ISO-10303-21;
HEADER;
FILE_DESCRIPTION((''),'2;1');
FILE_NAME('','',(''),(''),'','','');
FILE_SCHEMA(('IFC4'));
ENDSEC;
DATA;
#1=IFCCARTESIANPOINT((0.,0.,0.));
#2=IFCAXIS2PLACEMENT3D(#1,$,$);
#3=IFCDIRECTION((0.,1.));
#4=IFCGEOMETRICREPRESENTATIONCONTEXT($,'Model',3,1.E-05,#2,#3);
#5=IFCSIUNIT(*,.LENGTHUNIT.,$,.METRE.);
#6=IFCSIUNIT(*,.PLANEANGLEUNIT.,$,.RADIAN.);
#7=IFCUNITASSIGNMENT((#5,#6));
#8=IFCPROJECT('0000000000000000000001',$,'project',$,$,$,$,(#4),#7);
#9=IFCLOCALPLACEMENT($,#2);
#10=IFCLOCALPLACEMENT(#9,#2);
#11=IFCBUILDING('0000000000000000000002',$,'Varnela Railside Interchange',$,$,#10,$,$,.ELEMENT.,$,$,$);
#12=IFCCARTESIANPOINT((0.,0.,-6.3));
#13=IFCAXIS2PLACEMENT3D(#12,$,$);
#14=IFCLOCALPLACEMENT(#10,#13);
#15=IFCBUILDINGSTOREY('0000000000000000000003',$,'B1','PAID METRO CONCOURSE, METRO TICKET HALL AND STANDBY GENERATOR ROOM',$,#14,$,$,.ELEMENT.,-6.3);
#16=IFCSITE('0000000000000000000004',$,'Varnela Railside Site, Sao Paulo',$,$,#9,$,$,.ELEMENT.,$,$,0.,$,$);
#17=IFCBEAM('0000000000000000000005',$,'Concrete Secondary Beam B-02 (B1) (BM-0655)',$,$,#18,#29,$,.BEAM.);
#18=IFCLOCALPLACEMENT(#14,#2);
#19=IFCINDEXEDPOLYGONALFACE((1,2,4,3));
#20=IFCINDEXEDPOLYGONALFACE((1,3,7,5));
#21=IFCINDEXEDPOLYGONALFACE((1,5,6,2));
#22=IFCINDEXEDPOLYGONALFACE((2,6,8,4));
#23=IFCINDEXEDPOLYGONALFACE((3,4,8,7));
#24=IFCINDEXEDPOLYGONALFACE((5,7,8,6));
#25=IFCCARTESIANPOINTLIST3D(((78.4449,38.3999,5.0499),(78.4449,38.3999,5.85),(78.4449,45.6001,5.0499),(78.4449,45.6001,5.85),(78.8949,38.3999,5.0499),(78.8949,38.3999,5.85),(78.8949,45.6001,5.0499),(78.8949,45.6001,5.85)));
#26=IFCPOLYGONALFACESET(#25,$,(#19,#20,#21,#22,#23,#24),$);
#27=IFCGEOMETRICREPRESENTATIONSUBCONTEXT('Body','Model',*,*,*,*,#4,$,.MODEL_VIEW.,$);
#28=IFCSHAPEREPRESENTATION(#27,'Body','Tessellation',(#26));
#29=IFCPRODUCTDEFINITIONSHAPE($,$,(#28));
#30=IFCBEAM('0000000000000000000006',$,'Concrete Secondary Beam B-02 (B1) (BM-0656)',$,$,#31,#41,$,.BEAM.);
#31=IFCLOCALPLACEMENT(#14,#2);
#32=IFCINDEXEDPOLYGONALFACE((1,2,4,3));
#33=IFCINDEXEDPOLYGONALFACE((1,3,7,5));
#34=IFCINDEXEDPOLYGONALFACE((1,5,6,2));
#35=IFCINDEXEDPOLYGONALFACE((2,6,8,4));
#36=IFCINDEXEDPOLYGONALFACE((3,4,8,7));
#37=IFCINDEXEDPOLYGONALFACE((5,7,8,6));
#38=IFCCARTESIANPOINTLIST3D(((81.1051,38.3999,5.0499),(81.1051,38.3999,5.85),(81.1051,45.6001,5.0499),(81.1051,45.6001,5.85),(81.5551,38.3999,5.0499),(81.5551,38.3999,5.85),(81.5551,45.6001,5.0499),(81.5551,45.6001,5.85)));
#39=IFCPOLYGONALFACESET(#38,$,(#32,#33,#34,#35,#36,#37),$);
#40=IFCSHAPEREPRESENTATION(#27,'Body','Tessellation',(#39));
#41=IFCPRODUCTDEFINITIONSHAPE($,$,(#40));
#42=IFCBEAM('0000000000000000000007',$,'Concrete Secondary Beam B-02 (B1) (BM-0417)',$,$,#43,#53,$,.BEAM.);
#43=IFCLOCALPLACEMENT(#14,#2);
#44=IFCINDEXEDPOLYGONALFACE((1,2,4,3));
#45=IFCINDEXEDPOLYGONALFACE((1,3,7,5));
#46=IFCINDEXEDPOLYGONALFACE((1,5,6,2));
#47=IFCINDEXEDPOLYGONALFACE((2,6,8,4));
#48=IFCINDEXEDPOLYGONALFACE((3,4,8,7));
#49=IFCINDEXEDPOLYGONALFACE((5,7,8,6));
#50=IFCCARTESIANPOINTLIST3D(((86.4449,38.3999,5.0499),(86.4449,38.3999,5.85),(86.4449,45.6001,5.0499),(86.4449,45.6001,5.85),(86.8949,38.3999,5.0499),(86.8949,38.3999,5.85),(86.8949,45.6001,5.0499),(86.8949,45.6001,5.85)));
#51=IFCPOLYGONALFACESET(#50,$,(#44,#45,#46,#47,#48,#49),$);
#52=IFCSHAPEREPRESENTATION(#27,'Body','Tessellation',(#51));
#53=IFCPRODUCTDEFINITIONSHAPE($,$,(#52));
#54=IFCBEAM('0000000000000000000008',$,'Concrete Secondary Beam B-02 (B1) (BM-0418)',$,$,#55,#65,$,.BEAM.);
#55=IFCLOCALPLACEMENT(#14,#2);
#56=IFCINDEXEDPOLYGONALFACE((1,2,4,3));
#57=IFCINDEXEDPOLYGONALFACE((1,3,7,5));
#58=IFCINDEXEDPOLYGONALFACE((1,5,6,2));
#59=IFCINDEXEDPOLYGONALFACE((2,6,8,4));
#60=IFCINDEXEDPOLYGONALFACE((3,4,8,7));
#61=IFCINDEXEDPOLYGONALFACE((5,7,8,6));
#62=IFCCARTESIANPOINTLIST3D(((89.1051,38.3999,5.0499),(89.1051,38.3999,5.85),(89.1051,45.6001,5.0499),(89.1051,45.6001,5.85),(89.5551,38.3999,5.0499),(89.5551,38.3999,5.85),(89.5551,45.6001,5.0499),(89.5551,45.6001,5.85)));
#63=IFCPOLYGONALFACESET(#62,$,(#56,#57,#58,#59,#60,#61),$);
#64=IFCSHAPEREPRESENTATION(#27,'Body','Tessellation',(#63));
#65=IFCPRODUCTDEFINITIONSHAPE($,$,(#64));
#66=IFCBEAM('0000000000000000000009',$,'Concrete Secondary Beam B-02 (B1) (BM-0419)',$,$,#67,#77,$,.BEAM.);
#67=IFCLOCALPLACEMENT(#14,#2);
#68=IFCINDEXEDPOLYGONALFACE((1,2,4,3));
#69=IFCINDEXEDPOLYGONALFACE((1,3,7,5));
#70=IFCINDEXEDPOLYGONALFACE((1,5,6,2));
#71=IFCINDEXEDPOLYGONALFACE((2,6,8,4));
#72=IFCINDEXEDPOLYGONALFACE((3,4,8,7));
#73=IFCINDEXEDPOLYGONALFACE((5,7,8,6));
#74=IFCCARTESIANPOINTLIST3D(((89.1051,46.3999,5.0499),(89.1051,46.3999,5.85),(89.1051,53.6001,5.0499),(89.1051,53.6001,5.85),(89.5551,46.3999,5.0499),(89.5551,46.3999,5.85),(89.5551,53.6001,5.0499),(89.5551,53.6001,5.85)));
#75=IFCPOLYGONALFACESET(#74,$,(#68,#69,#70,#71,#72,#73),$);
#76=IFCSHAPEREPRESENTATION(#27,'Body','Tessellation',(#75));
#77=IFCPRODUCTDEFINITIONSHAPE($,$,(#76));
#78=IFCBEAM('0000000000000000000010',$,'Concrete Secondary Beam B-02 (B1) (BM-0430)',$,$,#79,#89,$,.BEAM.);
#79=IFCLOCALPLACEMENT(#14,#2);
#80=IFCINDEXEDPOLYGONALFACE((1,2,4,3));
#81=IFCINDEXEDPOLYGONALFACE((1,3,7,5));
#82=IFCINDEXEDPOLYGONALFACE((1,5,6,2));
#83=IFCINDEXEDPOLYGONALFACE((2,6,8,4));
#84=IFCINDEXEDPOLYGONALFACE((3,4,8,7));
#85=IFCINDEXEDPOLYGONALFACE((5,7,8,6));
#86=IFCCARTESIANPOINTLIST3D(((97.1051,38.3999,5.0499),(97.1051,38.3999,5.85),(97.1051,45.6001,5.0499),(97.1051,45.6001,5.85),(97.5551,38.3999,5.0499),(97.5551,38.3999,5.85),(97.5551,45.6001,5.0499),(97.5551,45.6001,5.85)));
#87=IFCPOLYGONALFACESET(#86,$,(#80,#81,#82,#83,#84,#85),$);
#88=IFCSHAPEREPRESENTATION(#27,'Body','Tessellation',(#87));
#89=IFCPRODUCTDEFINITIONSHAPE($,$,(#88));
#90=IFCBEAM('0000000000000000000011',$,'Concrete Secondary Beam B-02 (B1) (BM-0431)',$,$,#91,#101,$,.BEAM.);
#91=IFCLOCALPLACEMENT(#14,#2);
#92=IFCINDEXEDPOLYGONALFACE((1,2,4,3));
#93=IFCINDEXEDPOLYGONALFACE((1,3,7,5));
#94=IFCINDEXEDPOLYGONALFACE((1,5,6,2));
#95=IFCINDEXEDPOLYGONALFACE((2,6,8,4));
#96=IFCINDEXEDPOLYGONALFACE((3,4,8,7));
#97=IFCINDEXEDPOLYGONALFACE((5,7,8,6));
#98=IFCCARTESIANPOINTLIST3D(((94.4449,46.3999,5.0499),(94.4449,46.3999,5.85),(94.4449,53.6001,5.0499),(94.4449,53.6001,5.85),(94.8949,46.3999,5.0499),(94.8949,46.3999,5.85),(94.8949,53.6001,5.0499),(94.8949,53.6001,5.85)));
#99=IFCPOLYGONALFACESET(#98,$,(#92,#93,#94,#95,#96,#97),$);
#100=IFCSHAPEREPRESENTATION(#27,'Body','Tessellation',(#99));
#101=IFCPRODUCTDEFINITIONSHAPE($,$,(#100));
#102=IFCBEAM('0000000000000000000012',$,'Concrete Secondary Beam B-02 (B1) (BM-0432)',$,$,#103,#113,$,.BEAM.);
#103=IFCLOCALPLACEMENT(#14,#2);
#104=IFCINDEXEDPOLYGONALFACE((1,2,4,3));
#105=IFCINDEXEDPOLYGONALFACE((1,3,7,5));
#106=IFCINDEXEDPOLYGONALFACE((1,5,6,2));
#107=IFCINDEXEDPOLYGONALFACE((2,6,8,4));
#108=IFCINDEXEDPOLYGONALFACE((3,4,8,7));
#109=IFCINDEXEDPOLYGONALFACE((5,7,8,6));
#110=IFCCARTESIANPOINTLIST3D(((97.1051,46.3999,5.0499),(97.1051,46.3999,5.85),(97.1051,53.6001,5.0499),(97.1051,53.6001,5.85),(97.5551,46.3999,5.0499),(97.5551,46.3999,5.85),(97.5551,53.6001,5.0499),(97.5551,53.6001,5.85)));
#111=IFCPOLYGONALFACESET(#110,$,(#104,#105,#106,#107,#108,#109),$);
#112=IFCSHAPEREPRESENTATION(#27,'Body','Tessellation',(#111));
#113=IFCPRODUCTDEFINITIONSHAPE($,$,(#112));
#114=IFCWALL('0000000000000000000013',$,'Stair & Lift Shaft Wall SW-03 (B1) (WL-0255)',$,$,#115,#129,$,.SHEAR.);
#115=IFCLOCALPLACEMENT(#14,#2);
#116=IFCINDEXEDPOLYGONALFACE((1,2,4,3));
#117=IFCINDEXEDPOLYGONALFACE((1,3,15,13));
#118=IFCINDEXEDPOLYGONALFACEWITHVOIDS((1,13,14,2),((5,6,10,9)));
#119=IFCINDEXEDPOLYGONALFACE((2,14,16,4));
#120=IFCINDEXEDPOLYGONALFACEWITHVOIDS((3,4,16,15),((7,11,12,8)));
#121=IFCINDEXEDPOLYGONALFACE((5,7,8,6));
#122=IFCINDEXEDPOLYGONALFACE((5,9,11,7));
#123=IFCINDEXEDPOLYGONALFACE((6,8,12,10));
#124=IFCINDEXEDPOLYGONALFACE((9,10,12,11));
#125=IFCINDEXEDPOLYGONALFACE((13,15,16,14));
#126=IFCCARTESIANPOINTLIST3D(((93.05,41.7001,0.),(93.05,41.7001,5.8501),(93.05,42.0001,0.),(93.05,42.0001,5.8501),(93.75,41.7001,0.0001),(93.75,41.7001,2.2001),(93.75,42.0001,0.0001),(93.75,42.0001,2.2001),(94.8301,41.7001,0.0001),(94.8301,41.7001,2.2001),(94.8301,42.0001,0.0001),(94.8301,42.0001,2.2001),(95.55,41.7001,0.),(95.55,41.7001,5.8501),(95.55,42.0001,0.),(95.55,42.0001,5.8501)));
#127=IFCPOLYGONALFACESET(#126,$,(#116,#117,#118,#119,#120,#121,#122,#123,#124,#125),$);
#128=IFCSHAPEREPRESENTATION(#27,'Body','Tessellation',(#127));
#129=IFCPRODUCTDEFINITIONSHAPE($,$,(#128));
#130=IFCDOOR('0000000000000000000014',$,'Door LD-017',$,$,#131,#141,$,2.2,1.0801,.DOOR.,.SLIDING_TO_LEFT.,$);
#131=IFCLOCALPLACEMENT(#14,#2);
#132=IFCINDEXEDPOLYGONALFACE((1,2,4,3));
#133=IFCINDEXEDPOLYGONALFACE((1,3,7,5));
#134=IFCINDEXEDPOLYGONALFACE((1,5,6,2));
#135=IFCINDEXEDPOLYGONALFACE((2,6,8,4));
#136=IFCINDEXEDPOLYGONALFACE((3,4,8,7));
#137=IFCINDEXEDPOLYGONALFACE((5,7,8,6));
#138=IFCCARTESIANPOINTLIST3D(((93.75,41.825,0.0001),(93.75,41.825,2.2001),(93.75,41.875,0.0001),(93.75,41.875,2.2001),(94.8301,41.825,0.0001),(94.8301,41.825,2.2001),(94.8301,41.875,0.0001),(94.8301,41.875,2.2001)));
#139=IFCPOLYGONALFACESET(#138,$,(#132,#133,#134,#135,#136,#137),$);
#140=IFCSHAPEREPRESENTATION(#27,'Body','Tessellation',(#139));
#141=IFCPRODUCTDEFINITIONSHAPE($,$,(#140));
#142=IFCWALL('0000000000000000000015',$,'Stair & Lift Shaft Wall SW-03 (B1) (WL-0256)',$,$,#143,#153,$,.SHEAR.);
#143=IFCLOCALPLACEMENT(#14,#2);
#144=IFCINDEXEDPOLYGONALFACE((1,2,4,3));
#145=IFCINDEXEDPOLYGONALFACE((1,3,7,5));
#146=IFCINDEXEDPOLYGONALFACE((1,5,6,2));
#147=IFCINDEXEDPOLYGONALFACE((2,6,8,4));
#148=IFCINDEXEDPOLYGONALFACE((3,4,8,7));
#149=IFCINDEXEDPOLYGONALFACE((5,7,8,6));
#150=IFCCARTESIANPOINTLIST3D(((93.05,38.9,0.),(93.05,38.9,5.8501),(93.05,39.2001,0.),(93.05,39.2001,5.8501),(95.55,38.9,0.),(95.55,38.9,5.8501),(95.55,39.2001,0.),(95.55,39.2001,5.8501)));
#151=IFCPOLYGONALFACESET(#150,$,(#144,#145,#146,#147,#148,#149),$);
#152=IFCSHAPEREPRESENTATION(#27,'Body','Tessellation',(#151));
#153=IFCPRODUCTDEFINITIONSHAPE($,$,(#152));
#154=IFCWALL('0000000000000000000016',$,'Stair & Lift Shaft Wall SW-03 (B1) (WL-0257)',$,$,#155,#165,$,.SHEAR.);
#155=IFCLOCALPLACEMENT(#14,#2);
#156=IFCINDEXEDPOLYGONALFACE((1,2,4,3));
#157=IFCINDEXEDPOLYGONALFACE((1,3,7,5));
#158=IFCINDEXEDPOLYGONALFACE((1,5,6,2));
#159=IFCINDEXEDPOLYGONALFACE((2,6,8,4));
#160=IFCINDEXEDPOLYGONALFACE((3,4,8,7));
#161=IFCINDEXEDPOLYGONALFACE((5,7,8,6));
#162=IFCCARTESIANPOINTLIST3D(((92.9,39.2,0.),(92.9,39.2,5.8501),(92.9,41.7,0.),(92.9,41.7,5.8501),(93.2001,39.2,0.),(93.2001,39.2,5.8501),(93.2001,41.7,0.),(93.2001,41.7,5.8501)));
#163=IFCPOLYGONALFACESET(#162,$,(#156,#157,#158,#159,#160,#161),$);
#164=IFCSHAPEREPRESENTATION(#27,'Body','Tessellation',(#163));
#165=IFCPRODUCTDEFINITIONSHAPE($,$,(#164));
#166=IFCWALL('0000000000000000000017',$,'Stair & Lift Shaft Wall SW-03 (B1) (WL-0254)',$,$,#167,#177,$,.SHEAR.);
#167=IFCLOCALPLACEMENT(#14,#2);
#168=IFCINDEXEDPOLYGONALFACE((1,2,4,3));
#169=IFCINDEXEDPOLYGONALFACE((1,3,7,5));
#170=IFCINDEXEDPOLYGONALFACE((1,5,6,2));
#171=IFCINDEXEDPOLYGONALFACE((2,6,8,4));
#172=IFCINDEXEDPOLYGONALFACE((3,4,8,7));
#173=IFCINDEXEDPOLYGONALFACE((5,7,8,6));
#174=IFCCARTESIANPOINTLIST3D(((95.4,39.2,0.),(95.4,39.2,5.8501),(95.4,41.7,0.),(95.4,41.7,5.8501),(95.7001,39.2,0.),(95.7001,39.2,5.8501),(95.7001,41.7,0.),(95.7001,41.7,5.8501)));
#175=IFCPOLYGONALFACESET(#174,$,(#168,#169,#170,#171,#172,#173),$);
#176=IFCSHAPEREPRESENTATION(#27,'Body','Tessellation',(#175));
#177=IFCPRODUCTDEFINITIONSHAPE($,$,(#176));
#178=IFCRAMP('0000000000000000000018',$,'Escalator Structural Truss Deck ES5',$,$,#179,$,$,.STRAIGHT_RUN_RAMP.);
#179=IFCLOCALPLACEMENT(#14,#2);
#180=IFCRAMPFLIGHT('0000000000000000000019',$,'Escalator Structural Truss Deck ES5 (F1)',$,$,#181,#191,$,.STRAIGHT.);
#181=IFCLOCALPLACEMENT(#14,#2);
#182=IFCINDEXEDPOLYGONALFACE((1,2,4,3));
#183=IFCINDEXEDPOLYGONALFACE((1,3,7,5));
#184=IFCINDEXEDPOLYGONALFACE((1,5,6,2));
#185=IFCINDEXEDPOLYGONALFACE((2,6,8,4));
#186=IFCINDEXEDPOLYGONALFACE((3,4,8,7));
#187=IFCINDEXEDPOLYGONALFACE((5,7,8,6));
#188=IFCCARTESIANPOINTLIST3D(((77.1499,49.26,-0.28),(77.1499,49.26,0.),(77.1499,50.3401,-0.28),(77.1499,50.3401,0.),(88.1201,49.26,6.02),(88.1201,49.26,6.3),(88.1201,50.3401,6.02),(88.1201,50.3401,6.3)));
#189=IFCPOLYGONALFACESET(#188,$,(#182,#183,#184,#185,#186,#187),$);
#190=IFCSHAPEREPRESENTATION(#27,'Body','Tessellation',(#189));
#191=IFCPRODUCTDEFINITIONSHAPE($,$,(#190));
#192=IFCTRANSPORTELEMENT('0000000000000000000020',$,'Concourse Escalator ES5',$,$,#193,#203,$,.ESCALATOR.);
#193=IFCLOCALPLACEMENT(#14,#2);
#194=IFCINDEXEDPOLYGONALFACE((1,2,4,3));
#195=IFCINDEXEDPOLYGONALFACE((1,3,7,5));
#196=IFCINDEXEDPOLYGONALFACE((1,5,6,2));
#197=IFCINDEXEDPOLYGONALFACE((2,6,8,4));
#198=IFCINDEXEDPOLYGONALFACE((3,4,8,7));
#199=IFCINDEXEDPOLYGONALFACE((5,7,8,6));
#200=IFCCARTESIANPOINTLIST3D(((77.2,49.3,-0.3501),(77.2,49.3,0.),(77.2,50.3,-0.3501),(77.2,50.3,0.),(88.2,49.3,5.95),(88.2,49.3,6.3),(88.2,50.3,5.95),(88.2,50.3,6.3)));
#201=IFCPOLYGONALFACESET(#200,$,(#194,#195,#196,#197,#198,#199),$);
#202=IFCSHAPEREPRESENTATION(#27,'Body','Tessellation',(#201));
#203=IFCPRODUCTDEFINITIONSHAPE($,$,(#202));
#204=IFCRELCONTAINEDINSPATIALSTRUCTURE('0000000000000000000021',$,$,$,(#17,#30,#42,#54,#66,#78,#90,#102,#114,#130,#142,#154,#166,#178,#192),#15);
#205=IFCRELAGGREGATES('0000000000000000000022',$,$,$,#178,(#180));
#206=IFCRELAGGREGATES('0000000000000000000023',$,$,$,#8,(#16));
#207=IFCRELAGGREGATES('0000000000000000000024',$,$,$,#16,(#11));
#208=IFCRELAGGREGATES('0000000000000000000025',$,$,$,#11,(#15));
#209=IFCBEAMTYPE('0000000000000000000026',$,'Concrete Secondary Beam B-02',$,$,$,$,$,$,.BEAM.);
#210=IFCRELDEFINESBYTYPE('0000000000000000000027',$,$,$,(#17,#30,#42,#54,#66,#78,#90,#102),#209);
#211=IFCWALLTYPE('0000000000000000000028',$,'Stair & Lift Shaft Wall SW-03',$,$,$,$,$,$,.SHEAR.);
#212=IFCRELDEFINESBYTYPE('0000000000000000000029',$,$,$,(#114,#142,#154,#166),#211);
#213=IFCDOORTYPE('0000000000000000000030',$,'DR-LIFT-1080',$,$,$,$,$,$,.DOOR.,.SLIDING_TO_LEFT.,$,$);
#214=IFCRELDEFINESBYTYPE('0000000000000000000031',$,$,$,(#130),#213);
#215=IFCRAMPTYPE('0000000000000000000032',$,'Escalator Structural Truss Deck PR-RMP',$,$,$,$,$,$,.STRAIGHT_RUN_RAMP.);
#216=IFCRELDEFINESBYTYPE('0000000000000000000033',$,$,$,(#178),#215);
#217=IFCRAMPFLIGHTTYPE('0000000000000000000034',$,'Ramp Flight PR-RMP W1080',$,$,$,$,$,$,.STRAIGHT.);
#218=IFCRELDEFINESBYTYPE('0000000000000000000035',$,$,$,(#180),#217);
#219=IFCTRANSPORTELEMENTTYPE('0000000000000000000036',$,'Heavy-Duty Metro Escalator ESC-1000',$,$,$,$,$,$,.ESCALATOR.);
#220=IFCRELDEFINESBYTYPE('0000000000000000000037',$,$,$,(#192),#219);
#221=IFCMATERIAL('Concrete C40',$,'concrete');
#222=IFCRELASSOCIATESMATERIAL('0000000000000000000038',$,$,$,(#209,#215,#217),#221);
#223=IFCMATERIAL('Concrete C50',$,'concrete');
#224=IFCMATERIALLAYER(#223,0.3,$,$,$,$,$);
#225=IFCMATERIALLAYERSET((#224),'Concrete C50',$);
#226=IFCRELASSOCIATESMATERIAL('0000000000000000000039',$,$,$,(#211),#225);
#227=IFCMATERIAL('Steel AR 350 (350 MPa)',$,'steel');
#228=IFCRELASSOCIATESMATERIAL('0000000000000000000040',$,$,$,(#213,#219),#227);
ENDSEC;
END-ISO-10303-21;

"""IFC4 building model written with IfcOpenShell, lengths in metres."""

from ifc_helpers import new_model, si_unit, direction, frame, frame_2d, origin, origin_2d, place, context, subcontext, project, spatial, polyline, rectangle, outline, extrude, material, layer, layer_set, material_profile, profile_set, type_object, element, fill, aggregate, save


model = new_model("IFC4")

# Units and contexts
model_context = context("Model", 3, precision=1e-05, world=origin(), true_north=direction((0.0, 1.0)))
body_context = subcontext(model_context, "Body", "Model", "MODEL_VIEW")
ifc_project = project(units=[si_unit("LENGTHUNIT", "METRE"), si_unit("PLANEANGLEUNIT", "RADIAN")], contexts=[model_context])

# Site, building, storey
site_placement = place(None, origin())
site = spatial("IfcSite", under=ifc_project, at=site_placement, Name="Varnela Railside Site, Sao Paulo", CompositionType="ELEMENT", RefElevation=0.0)
building_placement = place(site_placement, origin())
building = spatial("IfcBuilding", under=site, at=building_placement, Name="Varnela Railside Interchange", CompositionType="ELEMENT")
storey_placement = place(building_placement, frame((0.0, 0.0, -6.3)))
storey = spatial("IfcBuildingStorey", under=building, at=storey_placement, Name="B1", Description="PAID METRO CONCOURSE, METRO TICKET HALL AND STANDBY GENERATOR ROOM", CompositionType="ELEMENT", Elevation=-6.3)

# Shared definitions
ifc_material_1 = material(Name="Concrete C50", Category="concrete")

# Beams
ifc_material_2 = material(Name="Concrete C40", Category="concrete")
ifc_material_profile_1 = material_profile(ifc_material_2, rectangle(XDim=0.45, YDim=0.8, at=origin_2d()), Name="RC 450x800")
ifc_profile_set_1 = profile_set([ifc_material_profile_1], Name="Concrete C40")
beam_type_1 = type_object("IfcBeamType", Name="Concrete Secondary Beam B-02", PredefinedType="BEAM", material=ifc_profile_set_1)
for number, where, z_axis, x_axis, name in (
    (1, (78.6699, 38.3999, 5.45), (0.0, 1.0, 0.0), (-1.0, 0.0, 0.0), "Concrete Secondary Beam B-02 (B1) (BM-0655)"),
    (2, (81.3301, 38.3999, 5.45), (0.0, 1.0, 0.0), (-1.0, 0.0, 0.0), "Concrete Secondary Beam B-02 (B1) (BM-0656)"),
    (3, (86.6699, 38.3999, 5.45), (0.0, 1.0, 0.0), (-1.0, 0.0, 0.0), "Concrete Secondary Beam B-02 (B1) (BM-0417)"),
    (4, (89.3301, 38.3999, 5.45), (0.0, 1.0, 0.0), (-1.0, 0.0, 0.0), "Concrete Secondary Beam B-02 (B1) (BM-0418)"),
    (5, (89.3301, 46.3999, 5.45), (0.0, 1.0, 0.0), (-1.0, 0.0, 0.0), "Concrete Secondary Beam B-02 (B1) (BM-0419)"),
    (6, (97.3301, 38.3999, 5.45), (0.0, 1.0, 0.0), (-1.0, 0.0, 0.0), "Concrete Secondary Beam B-02 (B1) (BM-0430)"),
    (7, (94.6699, 46.3999, 5.45), (0.0, 1.0, 0.0), (-1.0, 0.0, 0.0), "Concrete Secondary Beam B-02 (B1) (BM-0431)"),
    (8, (97.3301, 46.3999, 5.45), (0.0, 1.0, 0.0), (-1.0, 0.0, 0.0), "Concrete Secondary Beam B-02 (B1) (BM-0432)"),
):
    element("IfcBeam", number, at=place(storey_placement, frame(where, z_axis=z_axis, x_axis=x_axis)), inside=storey, type_object=beam_type_1, Name=name, PredefinedType="BEAM", context=body_context, shape_type="SweptSolid", body=[
        extrude(rectangle(XDim=0.45, YDim=0.8, at=origin_2d()), origin(), (0.0, 0.0, 1.0), 7.2002),
    ])

# Wall, opening, door
ifc_layer = layer(ifc_material_1, 0.3)
ifc_layer_set = layer_set([ifc_layer], Name="Concrete C50")
wall_type = type_object("IfcWallType", Name="Stair & Lift Shaft Wall SW-03", PredefinedType="SHEAR", material=ifc_layer_set)
wall_placement = place(storey_placement, frame((93.05, 41.8501, 0.0), z_axis=(0.0, 0.0, 1.0), x_axis=(1.0, 0.0, 0.0)))
wall = element("IfcWall", 9, at=wall_placement, inside=storey, type_object=wall_type, Name="Stair & Lift Shaft Wall SW-03 (B1) (WL-0255)", PredefinedType="SHEAR", context=body_context, shape_type="SweptSolid", body=[
    extrude(rectangle(XDim=2.5, YDim=0.3, at=frame_2d((1.25, 0.0))), origin(), (0.0, 0.0, 1.0), 5.8501),
])
opening_placement = place(wall_placement, frame((0.7, 0.0, 0.0)))
opening = element("IfcOpeningElement", 10, at=opening_placement, cuts=wall, PredefinedType="OPENING", context=body_context, shape_type="SweptSolid", body=[
    extrude(rectangle(XDim=1.0801, YDim=2.2, at=frame_2d((0.54, 1.1001))), frame((0.0, 0.1599, 0.0), z_axis=(0.0, -1.0, 0.0), x_axis=(1.0, 0.0, 0.0)), (0.0, 0.0, 1.0), 0.3201),
])
ifc_material_3 = material(Name="Steel AR 350 (350 MPa)", Category="steel")
door_type = type_object("IfcDoorType", Name="DR-LIFT-1080", OperationType="SLIDING_TO_LEFT", PredefinedType="DOOR", material=ifc_material_3)
door_placement = place(opening_placement, origin())
door = element("IfcDoor", 11, at=door_placement, inside=storey, type_object=door_type, Name="Door LD-017", OperationType="SLIDING_TO_LEFT", OverallHeight=2.2, OverallWidth=1.0801, PredefinedType="DOOR", context=body_context, shape_type="SweptSolid", body=[
    extrude(rectangle(XDim=1.0801, YDim=2.2, at=frame_2d((0.54, 1.1001))), frame((0.0, 0.0249, 0.0), z_axis=(0.0, -1.0, 0.0), x_axis=(1.0, 0.0, 0.0)), (0.0, 0.0, 1.0), 0.05),
])
fill(opening, door)

# Walls
for number, where, z_axis, x_axis, name in (
    (12, (93.05, 39.05, 0.0), (0.0, 0.0, 1.0), (1.0, 0.0, 0.0), "Stair & Lift Shaft Wall SW-03 (B1) (WL-0256)"),
    (13, (93.05, 39.2, 0.0), (0.0, 0.0, 1.0), (0.0, 1.0, 0.0), "Stair & Lift Shaft Wall SW-03 (B1) (WL-0257)"),
    (14, (95.55, 39.2, 0.0), (0.0, 0.0, 1.0), (0.0, 1.0, 0.0), "Stair & Lift Shaft Wall SW-03 (B1) (WL-0254)"),
):
    element("IfcWall", number, at=place(storey_placement, frame(where, z_axis=z_axis, x_axis=x_axis)), inside=storey, type_object=wall_type, Name=name, PredefinedType="SHEAR", context=body_context, shape_type="SweptSolid", body=[
        extrude(rectangle(XDim=2.5, YDim=0.3, at=frame_2d((1.25, 0.0))), origin(), (0.0, 0.0, 1.0), 5.8501),
    ])

# Ramp, ramp flight
ramp_type = type_object("IfcRampType", Name="Escalator Structural Truss Deck PR-RMP", PredefinedType="STRAIGHT_RUN_RAMP", material=ifc_material_2)
ramp_placement = place(storey_placement, origin())
ramp = element("IfcRamp", 15, at=ramp_placement, inside=storey, type_object=ramp_type, Name="Escalator Structural Truss Deck ES5", PredefinedType="STRAIGHT_RUN_RAMP")
ramp_flight_type = type_object("IfcRampFlightType", Name="Ramp Flight PR-RMP W1080", PredefinedType="STRAIGHT", material=ifc_material_2)
ramp_flight_placement = place(storey_placement, frame((77.1499, 49.8, 0.0), z_axis=(0.0, 0.0, 1.0), x_axis=(1.0, 0.0, 0.0)))
ramp_flight = element("IfcRampFlight", 16, at=ramp_flight_placement, type_object=ramp_flight_type, Name="Escalator Structural Truss Deck ES5 (F1)", PredefinedType="STRAIGHT", context=body_context, shape_type="SweptSolid", body=[
    extrude(outline(polyline([(0.0, -0.28), (10.9702, 6.02), (10.9702, 6.3), (0.0, 0.0), (0.0, -0.28)])), frame((0.0, 0.54, 0.0), z_axis=(0.0, -1.0, 0.0), x_axis=(1.0, 0.0, 0.0)), (0.0, 0.0, 1.0), 1.0801),
])
aggregate(ramp, [ramp_flight])

# Transport element
transport_element_type = type_object("IfcTransportElementType", Name="Heavy-Duty Metro Escalator ESC-1000", PredefinedType="ESCALATOR", material=ifc_material_3)
transport_element_placement = place(storey_placement, frame((77.2, 49.8, 0.0), z_axis=(0.0, 0.0, 1.0), x_axis=(1.0, 0.0, 0.0)))
element("IfcTransportElement", 17, at=transport_element_placement, inside=storey, type_object=transport_element_type, Name="Concourse Escalator ES5", PredefinedType="ESCALATOR", context=body_context, shape_type="SweptSolid", body=[
    extrude(outline(polyline([(0.0, -0.3501), (11.0, 5.95), (11.0, 6.3), (0.0, 0.0), (0.0, -0.3501)])), frame((0.0, 0.5, 0.0), z_axis=(0.0, -1.0, 0.0), x_axis=(1.0, 0.0, 0.0)), (0.0, 0.0, 1.0), 1.0),
])

save(model, "model.ifc")
